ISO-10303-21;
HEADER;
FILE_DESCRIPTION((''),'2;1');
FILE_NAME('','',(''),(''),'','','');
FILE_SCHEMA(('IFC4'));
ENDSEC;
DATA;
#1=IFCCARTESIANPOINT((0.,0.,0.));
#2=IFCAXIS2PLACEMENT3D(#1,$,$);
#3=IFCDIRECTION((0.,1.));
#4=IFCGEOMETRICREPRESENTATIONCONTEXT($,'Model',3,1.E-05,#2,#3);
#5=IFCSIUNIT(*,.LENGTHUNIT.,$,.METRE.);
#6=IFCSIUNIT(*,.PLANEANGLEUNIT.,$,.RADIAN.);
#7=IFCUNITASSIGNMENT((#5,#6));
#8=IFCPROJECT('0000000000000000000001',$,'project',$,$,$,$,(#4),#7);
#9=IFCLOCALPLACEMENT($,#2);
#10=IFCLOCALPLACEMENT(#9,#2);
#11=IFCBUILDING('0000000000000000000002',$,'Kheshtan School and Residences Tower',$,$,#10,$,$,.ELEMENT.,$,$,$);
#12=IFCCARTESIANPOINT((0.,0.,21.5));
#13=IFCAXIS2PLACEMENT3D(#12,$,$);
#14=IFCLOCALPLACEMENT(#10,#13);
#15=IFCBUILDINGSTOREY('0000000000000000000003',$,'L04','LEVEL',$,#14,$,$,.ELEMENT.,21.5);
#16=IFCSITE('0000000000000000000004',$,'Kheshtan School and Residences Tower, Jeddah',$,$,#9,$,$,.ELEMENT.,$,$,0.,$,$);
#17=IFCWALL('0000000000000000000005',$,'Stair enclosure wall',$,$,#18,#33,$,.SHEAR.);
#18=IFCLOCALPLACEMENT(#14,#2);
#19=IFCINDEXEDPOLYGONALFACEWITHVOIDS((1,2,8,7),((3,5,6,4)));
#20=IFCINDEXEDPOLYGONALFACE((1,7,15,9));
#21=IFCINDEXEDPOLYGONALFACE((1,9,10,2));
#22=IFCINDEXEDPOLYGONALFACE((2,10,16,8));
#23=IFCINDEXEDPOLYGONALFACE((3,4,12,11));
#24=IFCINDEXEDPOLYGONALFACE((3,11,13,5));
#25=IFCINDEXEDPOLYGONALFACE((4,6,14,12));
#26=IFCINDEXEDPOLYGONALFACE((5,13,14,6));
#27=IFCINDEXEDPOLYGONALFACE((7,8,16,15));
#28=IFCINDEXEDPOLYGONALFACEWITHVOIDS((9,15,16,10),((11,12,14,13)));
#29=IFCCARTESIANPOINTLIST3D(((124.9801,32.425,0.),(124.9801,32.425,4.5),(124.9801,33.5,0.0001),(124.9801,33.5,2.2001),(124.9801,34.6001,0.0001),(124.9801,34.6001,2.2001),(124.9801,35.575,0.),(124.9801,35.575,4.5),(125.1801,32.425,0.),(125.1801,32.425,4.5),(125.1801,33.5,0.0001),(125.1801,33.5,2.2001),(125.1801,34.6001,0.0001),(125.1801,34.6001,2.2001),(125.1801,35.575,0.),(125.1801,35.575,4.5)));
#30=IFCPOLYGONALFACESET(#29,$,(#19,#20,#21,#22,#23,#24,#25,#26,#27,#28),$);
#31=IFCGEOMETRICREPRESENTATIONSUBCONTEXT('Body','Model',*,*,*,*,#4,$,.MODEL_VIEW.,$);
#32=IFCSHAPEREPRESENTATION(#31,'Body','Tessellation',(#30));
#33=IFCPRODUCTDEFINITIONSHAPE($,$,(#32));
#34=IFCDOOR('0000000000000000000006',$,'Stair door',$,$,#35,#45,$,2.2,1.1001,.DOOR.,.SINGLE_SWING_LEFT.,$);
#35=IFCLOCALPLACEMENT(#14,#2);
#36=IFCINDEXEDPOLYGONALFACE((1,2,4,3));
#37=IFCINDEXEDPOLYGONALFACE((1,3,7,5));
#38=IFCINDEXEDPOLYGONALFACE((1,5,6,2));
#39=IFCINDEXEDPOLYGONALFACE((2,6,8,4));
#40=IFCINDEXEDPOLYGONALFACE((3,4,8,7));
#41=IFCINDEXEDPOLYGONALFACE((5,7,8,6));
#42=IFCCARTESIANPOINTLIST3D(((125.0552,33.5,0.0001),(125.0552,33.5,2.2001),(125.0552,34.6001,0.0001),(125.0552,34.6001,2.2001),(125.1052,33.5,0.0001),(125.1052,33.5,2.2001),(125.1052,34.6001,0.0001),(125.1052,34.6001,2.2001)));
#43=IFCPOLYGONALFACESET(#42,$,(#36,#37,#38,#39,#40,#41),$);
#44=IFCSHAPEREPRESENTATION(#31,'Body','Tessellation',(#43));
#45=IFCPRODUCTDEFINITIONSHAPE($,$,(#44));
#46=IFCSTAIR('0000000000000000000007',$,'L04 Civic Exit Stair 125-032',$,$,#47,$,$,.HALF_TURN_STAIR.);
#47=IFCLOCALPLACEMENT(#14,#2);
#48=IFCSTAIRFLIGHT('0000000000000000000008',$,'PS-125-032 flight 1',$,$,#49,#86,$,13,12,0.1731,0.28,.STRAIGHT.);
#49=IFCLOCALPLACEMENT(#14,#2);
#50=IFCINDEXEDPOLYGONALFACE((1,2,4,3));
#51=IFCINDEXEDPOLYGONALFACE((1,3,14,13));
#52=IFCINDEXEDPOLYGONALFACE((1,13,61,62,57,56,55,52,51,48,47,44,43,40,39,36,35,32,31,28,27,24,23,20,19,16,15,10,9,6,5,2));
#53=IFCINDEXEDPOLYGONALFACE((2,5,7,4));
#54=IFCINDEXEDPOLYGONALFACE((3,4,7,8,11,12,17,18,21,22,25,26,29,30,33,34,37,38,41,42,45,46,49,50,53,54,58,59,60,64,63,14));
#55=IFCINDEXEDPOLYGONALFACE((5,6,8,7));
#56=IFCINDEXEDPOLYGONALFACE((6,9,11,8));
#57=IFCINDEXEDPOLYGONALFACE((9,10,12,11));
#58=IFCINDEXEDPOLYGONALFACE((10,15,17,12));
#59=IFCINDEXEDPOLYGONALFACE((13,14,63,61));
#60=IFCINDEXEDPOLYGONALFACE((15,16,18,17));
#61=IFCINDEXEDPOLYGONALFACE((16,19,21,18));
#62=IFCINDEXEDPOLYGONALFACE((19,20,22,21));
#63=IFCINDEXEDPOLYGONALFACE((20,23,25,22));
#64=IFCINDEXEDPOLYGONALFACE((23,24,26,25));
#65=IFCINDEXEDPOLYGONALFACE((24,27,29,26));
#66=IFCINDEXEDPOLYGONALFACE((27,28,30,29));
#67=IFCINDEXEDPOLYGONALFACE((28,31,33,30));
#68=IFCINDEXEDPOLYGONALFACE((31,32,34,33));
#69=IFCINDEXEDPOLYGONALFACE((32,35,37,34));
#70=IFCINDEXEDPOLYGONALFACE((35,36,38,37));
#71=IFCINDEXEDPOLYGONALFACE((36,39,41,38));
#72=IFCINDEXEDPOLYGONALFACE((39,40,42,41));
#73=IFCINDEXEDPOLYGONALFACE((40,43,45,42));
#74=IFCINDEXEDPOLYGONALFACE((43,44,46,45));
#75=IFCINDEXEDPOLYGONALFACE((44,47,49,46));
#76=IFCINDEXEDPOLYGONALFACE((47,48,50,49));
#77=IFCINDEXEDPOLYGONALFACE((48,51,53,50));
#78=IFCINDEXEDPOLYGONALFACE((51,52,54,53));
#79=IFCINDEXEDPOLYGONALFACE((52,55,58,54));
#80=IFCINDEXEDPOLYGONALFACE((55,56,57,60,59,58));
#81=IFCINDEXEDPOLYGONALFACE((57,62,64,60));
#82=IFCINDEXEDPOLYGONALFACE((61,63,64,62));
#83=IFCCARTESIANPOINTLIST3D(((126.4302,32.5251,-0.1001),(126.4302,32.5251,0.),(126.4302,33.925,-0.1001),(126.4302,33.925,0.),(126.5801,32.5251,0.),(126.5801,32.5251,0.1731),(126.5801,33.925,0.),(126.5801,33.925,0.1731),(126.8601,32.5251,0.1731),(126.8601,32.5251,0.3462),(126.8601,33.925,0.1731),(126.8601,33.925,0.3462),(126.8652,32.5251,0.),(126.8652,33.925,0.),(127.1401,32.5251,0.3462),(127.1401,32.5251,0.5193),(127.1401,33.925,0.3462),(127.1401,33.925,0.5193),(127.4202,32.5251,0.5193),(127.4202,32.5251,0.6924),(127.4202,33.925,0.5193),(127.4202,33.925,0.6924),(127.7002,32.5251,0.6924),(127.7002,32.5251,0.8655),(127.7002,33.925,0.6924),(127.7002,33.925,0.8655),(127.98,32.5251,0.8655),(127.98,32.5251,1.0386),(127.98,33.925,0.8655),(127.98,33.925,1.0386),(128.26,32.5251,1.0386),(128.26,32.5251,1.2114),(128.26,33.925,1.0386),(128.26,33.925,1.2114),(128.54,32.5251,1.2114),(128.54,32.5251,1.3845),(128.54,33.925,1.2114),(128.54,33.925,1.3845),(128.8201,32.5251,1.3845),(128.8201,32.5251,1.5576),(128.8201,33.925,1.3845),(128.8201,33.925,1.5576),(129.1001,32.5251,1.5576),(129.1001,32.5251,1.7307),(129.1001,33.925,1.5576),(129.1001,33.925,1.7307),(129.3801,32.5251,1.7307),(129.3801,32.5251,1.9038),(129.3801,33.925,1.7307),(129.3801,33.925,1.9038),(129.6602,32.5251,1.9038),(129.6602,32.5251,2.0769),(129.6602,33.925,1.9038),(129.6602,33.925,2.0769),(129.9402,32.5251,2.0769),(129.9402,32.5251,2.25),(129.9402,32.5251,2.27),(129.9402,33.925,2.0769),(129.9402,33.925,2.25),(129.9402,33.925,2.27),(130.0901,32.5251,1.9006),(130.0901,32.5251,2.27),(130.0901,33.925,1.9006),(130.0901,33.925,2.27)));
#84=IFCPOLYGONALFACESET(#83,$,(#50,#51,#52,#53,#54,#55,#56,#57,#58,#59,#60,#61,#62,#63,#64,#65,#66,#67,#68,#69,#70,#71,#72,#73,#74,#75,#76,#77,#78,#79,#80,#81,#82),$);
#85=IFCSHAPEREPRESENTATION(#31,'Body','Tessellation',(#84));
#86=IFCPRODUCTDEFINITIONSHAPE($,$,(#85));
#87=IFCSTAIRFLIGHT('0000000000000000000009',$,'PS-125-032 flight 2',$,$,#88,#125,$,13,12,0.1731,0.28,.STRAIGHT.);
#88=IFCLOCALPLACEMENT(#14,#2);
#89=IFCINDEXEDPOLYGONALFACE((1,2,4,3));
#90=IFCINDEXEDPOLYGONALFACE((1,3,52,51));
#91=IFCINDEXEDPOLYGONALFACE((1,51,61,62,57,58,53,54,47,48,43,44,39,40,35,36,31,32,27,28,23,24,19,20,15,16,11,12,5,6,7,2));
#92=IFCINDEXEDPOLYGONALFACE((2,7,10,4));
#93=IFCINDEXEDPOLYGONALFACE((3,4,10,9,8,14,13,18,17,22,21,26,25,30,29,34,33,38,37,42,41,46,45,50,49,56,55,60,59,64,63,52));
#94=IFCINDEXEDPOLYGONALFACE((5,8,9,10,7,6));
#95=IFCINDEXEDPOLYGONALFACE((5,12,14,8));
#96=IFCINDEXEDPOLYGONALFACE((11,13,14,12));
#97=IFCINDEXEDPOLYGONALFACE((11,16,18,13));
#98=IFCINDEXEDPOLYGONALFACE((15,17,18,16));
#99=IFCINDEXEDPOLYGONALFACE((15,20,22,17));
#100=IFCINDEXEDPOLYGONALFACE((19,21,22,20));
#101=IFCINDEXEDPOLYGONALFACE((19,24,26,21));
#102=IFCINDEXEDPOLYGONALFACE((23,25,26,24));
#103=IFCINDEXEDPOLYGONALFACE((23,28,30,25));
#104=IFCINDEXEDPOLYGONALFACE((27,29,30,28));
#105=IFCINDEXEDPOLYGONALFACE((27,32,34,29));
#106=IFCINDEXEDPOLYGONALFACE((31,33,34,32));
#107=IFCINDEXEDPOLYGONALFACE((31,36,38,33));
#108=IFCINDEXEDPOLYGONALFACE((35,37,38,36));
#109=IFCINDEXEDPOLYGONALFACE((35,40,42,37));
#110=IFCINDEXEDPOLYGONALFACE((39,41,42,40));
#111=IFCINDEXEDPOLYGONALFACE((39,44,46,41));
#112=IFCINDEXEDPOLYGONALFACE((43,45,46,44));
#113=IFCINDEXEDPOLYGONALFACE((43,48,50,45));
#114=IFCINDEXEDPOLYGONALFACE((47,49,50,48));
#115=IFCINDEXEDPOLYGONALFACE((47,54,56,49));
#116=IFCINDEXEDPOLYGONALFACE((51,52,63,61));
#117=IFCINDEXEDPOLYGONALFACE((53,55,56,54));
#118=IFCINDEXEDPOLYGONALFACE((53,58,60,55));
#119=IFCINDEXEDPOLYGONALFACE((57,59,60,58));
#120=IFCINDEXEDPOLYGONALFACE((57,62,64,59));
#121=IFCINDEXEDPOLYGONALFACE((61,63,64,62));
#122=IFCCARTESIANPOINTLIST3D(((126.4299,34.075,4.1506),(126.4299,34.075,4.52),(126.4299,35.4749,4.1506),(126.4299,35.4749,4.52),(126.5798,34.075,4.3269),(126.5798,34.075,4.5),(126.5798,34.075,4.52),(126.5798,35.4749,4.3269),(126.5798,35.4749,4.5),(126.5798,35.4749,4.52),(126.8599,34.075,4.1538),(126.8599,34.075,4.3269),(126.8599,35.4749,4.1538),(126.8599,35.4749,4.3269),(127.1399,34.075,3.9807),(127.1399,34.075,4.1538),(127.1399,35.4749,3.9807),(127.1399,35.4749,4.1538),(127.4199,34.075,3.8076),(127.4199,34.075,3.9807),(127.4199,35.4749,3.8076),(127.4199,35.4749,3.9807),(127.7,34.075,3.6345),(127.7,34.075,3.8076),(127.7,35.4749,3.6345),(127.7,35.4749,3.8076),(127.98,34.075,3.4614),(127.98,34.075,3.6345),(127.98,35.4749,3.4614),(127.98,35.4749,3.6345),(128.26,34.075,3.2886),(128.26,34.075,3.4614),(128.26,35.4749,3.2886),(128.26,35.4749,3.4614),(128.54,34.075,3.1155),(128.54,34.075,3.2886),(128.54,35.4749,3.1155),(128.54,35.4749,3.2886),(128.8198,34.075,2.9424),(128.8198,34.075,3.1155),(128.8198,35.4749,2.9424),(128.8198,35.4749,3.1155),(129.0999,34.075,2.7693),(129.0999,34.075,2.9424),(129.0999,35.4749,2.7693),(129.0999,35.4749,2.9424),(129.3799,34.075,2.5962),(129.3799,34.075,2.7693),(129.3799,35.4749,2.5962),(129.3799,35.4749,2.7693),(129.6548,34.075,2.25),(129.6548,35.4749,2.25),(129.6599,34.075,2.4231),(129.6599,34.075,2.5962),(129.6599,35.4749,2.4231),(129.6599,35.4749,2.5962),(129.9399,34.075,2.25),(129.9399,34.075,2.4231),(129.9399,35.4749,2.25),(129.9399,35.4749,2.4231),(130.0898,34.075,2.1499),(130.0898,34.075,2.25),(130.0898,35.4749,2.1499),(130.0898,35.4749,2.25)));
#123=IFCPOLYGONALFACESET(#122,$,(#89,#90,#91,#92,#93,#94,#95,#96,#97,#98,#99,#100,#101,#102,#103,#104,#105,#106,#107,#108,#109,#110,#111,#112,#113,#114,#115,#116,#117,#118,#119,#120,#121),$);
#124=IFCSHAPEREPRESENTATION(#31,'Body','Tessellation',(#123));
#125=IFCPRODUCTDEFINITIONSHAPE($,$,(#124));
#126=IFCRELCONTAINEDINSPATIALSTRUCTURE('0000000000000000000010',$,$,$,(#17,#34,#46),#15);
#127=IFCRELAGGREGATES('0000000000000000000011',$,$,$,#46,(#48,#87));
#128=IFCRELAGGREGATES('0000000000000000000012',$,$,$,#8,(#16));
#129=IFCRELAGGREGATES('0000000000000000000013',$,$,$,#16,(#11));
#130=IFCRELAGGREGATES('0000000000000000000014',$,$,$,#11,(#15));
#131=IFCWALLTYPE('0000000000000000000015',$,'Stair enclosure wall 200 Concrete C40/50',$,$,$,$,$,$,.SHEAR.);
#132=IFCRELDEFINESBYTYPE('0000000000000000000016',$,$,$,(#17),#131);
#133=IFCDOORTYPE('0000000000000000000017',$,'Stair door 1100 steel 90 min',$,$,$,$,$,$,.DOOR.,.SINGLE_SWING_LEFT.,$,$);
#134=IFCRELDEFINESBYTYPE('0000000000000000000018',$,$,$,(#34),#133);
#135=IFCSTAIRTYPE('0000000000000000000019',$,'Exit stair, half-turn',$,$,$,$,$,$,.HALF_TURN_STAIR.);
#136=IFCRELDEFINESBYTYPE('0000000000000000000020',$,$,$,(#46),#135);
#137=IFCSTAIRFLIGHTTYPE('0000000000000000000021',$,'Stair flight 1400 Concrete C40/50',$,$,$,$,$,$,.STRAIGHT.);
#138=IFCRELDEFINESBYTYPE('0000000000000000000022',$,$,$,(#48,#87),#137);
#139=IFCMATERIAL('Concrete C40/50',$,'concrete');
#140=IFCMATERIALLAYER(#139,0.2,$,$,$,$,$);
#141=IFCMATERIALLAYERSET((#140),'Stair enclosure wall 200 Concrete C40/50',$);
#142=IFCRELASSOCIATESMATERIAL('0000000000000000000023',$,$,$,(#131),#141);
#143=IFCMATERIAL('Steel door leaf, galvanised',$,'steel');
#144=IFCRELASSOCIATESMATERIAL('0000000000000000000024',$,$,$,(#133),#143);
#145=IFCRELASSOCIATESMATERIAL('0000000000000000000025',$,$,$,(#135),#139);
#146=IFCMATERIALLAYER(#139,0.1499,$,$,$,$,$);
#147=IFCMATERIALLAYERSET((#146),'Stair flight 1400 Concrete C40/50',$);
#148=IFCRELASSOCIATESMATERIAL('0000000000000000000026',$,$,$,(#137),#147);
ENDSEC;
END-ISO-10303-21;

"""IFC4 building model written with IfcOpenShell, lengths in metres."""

from ifc_helpers import new_model, si_unit, direction, frame, frame_2d, origin, place, context, subcontext, project, spatial, polyline, rectangle, outline, extrude, source, transform, mapped, material, layer, layer_set, type_object, element, fill, aggregate, save


model = new_model("IFC4")

# Units and contexts
model_context = context("Model", 3, precision=1e-05, world=origin(), true_north=direction((0.0, 1.0)))
body_context = subcontext(model_context, "Body", "Model", "MODEL_VIEW")
ifc_project = project(units=[si_unit("LENGTHUNIT", "METRE"), si_unit("PLANEANGLEUNIT", "RADIAN")], contexts=[model_context])

# Site, building, storey
site_placement = place(None, origin())
site = spatial("IfcSite", under=ifc_project, at=site_placement, Name="Kheshtan School and Residences Tower, Jeddah", CompositionType="ELEMENT", RefElevation=0.0)
building_placement = place(site_placement, origin())
building = spatial("IfcBuilding", under=site, at=building_placement, Name="Kheshtan School and Residences Tower", CompositionType="ELEMENT")
storey_placement = place(building_placement, frame((0.0, 0.0, 21.5)))
storey = spatial("IfcBuildingStorey", under=building, at=storey_placement, Name="L04", Description="LEVEL", CompositionType="ELEMENT", Elevation=21.5)

# Shared definitions
ifc_material_1 = material(Name="Concrete C40/50", Category="concrete")
ifc_layer_1 = layer(ifc_material_1, 0.2)
ifc_layer_set_1 = layer_set([ifc_layer_1], Name="Stair enclosure wall 200 Concrete C40/50")
wall_type_1 = type_object("IfcWallType", Name="Stair enclosure wall 200 Concrete C40/50", PredefinedType="SHEAR", material=ifc_layer_set_1)

# Wall, opening, door
wall_1_placement = place(storey_placement, frame((125.0801, 32.425, 0.0), z_axis=(0.0, 0.0, 1.0), x_axis=(0.0, 1.0, 0.0)))
wall_1 = element("IfcWall", 1, at=wall_1_placement, inside=storey, type_object=wall_type_1, Name="Stair enclosure wall", PredefinedType="SHEAR", context=body_context, shape_type="SweptSolid", body=[
    extrude(rectangle(XDim=3.1499, YDim=0.2, at=frame_2d((1.575, 0.0))), origin(), (0.0, 0.0, 1.0), 4.5),
])
opening_placement = place(wall_1_placement, frame((1.075, 0.0, 0.0)))
opening = element("IfcOpeningElement", 2, at=opening_placement, cuts=wall_1, PredefinedType="OPENING", context=body_context, shape_type="SweptSolid", body=[
    extrude(rectangle(XDim=1.1001, YDim=2.2, at=frame_2d((0.55, 1.1001))), frame((0.0, 0.1099, 0.0), z_axis=(0.0, -1.0, 0.0), x_axis=(1.0, 0.0, 0.0)), (0.0, 0.0, 1.0), 0.22),
])
ifc_material_2 = material(Name="Steel door leaf, galvanised", Category="steel")
door_type = type_object("IfcDoorType", Name="Stair door 1100 steel 90 min", OperationType="SINGLE_SWING_LEFT", PredefinedType="DOOR", material=ifc_material_2)
shared_shape = source(origin(), body_context, "Body", "SweptSolid", [
    extrude(rectangle(XDim=1.1001, YDim=2.2, at=frame_2d((0.55, 1.1001))), frame((0.0, 0.0249, 0.0), z_axis=(0.0, -1.0, 0.0), x_axis=(1.0, 0.0, 0.0)), (0.0, 0.0, 1.0), 0.05),
])
door_placement = place(opening_placement, origin())
door = element("IfcDoor", 3, at=door_placement, inside=storey, type_object=door_type, Name="Stair door", OperationType="SINGLE_SWING_LEFT", OverallHeight=2.2, OverallWidth=1.1001, PredefinedType="DOOR", context=body_context, shape_type="MappedRepresentation", body=[
    mapped(shared_shape, transform((0.0, 0.0, 0.0), x_axis=(1.0, 0.0, 0.0), y_axis=(0.0, 1.0, 0.0), z_axis=(0.0, 0.0, 1.0), scale=1.0)),
])
fill(opening, door)

# Stair, stair flights
stair_type = type_object("IfcStairType", Name="Exit stair, half-turn", PredefinedType="HALF_TURN_STAIR", material=ifc_material_1)
stair_placement = place(storey_placement, origin())
stair = element("IfcStair", 4, at=stair_placement, inside=storey, type_object=stair_type, Name="L04 Civic Exit Stair 125-032", PredefinedType="HALF_TURN_STAIR")
ifc_layer_2 = layer(ifc_material_1, 0.1499)
ifc_layer_set_2 = layer_set([ifc_layer_2], Name="Stair flight 1400 Concrete C40/50")
stair_flight_type = type_object("IfcStairFlightType", Name="Stair flight 1400 Concrete C40/50", PredefinedType="STRAIGHT", material=ifc_layer_set_2)
stair_flight_1_placement = place(storey_placement, frame((126.5801, 33.2251, 0.0), z_axis=(0.0, 0.0, 1.0), x_axis=(1.0, 0.0, 0.0)))
stair_flight_1 = element("IfcStairFlight", 5, at=stair_flight_1_placement, type_object=stair_flight_type, Name="PS-125-032 flight 1", NumberOfRisers=13, NumberOfTreads=12, PredefinedType="STRAIGHT", RiserHeight=0.1731, TreadLength=0.28, context=body_context, shape_type="SweptSolid", body=[
    extrude(outline(polyline([(-0.1499, -0.1001), (-0.1499, 0.0), (0.0, 0.0), (0.0, 0.1731), (0.28, 0.1731), (0.28, 0.3462), (0.5601, 0.3462), (0.5601, 0.5193), (0.8401, 0.5193), (0.8401, 0.6924), (1.1201, 0.6924), (1.1201, 0.8655), (1.3999, 0.8655), (1.3999, 1.0386), (1.6799, 1.0386), (1.6799, 1.2114), (1.96, 1.2114), (1.96, 1.3845), (2.24, 1.3845), (2.24, 1.5576), (2.52, 1.5576), (2.52, 1.7307), (2.8, 1.7307), (2.8, 1.9038), (3.0801, 1.9038), (3.0801, 2.0769), (3.3601, 2.0769), (3.3601, 2.25), (3.3601, 2.27), (3.51, 2.27), (3.51, 1.9006), (0.2852, 0.0), (-0.1499, -0.1001)])), frame((0.0, 0.7, 0.0), z_axis=(0.0, -1.0, 0.0), x_axis=(1.0, 0.0, 0.0)), (0.0, 0.0, 1.0), 1.3999),
])
stair_flight_2_placement = place(storey_placement, frame((129.9399, 34.7749, 2.25), z_axis=(0.0, 0.0, 1.0), x_axis=(-1.0, 0.0, 0.0)))
stair_flight_2 = element("IfcStairFlight", 6, at=stair_flight_2_placement, type_object=stair_flight_type, Name="PS-125-032 flight 2", NumberOfRisers=13, NumberOfTreads=12, PredefinedType="STRAIGHT", RiserHeight=0.1731, TreadLength=0.28, context=body_context, shape_type="SweptSolid", body=[
    extrude(outline(polyline([(-0.1499, -0.1001), (-0.1499, 0.0), (0.0, 0.0), (0.0, 0.1731), (0.28, 0.1731), (0.28, 0.3462), (0.5601, 0.3462), (0.5601, 0.5193), (0.8401, 0.5193), (0.8401, 0.6924), (1.1201, 0.6924), (1.1201, 0.8655), (1.3999, 0.8655), (1.3999, 1.0386), (1.6799, 1.0386), (1.6799, 1.2114), (1.96, 1.2114), (1.96, 1.3845), (2.24, 1.3845), (2.24, 1.5576), (2.52, 1.5576), (2.52, 1.7307), (2.8, 1.7307), (2.8, 1.9038), (3.0801, 1.9038), (3.0801, 2.0769), (3.3601, 2.0769), (3.3601, 2.25), (3.3601, 2.27), (3.51, 2.27), (3.51, 1.9006), (0.2852, 0.0), (-0.1499, -0.1001)])), frame((0.0, 0.7, 0.0), z_axis=(0.0, -1.0, 0.0), x_axis=(1.0, 0.0, 0.0)), (0.0, 0.0, 1.0), 1.3999),
])
aggregate(stair, [stair_flight_1, stair_flight_2])

save(model, "model.ifc")
